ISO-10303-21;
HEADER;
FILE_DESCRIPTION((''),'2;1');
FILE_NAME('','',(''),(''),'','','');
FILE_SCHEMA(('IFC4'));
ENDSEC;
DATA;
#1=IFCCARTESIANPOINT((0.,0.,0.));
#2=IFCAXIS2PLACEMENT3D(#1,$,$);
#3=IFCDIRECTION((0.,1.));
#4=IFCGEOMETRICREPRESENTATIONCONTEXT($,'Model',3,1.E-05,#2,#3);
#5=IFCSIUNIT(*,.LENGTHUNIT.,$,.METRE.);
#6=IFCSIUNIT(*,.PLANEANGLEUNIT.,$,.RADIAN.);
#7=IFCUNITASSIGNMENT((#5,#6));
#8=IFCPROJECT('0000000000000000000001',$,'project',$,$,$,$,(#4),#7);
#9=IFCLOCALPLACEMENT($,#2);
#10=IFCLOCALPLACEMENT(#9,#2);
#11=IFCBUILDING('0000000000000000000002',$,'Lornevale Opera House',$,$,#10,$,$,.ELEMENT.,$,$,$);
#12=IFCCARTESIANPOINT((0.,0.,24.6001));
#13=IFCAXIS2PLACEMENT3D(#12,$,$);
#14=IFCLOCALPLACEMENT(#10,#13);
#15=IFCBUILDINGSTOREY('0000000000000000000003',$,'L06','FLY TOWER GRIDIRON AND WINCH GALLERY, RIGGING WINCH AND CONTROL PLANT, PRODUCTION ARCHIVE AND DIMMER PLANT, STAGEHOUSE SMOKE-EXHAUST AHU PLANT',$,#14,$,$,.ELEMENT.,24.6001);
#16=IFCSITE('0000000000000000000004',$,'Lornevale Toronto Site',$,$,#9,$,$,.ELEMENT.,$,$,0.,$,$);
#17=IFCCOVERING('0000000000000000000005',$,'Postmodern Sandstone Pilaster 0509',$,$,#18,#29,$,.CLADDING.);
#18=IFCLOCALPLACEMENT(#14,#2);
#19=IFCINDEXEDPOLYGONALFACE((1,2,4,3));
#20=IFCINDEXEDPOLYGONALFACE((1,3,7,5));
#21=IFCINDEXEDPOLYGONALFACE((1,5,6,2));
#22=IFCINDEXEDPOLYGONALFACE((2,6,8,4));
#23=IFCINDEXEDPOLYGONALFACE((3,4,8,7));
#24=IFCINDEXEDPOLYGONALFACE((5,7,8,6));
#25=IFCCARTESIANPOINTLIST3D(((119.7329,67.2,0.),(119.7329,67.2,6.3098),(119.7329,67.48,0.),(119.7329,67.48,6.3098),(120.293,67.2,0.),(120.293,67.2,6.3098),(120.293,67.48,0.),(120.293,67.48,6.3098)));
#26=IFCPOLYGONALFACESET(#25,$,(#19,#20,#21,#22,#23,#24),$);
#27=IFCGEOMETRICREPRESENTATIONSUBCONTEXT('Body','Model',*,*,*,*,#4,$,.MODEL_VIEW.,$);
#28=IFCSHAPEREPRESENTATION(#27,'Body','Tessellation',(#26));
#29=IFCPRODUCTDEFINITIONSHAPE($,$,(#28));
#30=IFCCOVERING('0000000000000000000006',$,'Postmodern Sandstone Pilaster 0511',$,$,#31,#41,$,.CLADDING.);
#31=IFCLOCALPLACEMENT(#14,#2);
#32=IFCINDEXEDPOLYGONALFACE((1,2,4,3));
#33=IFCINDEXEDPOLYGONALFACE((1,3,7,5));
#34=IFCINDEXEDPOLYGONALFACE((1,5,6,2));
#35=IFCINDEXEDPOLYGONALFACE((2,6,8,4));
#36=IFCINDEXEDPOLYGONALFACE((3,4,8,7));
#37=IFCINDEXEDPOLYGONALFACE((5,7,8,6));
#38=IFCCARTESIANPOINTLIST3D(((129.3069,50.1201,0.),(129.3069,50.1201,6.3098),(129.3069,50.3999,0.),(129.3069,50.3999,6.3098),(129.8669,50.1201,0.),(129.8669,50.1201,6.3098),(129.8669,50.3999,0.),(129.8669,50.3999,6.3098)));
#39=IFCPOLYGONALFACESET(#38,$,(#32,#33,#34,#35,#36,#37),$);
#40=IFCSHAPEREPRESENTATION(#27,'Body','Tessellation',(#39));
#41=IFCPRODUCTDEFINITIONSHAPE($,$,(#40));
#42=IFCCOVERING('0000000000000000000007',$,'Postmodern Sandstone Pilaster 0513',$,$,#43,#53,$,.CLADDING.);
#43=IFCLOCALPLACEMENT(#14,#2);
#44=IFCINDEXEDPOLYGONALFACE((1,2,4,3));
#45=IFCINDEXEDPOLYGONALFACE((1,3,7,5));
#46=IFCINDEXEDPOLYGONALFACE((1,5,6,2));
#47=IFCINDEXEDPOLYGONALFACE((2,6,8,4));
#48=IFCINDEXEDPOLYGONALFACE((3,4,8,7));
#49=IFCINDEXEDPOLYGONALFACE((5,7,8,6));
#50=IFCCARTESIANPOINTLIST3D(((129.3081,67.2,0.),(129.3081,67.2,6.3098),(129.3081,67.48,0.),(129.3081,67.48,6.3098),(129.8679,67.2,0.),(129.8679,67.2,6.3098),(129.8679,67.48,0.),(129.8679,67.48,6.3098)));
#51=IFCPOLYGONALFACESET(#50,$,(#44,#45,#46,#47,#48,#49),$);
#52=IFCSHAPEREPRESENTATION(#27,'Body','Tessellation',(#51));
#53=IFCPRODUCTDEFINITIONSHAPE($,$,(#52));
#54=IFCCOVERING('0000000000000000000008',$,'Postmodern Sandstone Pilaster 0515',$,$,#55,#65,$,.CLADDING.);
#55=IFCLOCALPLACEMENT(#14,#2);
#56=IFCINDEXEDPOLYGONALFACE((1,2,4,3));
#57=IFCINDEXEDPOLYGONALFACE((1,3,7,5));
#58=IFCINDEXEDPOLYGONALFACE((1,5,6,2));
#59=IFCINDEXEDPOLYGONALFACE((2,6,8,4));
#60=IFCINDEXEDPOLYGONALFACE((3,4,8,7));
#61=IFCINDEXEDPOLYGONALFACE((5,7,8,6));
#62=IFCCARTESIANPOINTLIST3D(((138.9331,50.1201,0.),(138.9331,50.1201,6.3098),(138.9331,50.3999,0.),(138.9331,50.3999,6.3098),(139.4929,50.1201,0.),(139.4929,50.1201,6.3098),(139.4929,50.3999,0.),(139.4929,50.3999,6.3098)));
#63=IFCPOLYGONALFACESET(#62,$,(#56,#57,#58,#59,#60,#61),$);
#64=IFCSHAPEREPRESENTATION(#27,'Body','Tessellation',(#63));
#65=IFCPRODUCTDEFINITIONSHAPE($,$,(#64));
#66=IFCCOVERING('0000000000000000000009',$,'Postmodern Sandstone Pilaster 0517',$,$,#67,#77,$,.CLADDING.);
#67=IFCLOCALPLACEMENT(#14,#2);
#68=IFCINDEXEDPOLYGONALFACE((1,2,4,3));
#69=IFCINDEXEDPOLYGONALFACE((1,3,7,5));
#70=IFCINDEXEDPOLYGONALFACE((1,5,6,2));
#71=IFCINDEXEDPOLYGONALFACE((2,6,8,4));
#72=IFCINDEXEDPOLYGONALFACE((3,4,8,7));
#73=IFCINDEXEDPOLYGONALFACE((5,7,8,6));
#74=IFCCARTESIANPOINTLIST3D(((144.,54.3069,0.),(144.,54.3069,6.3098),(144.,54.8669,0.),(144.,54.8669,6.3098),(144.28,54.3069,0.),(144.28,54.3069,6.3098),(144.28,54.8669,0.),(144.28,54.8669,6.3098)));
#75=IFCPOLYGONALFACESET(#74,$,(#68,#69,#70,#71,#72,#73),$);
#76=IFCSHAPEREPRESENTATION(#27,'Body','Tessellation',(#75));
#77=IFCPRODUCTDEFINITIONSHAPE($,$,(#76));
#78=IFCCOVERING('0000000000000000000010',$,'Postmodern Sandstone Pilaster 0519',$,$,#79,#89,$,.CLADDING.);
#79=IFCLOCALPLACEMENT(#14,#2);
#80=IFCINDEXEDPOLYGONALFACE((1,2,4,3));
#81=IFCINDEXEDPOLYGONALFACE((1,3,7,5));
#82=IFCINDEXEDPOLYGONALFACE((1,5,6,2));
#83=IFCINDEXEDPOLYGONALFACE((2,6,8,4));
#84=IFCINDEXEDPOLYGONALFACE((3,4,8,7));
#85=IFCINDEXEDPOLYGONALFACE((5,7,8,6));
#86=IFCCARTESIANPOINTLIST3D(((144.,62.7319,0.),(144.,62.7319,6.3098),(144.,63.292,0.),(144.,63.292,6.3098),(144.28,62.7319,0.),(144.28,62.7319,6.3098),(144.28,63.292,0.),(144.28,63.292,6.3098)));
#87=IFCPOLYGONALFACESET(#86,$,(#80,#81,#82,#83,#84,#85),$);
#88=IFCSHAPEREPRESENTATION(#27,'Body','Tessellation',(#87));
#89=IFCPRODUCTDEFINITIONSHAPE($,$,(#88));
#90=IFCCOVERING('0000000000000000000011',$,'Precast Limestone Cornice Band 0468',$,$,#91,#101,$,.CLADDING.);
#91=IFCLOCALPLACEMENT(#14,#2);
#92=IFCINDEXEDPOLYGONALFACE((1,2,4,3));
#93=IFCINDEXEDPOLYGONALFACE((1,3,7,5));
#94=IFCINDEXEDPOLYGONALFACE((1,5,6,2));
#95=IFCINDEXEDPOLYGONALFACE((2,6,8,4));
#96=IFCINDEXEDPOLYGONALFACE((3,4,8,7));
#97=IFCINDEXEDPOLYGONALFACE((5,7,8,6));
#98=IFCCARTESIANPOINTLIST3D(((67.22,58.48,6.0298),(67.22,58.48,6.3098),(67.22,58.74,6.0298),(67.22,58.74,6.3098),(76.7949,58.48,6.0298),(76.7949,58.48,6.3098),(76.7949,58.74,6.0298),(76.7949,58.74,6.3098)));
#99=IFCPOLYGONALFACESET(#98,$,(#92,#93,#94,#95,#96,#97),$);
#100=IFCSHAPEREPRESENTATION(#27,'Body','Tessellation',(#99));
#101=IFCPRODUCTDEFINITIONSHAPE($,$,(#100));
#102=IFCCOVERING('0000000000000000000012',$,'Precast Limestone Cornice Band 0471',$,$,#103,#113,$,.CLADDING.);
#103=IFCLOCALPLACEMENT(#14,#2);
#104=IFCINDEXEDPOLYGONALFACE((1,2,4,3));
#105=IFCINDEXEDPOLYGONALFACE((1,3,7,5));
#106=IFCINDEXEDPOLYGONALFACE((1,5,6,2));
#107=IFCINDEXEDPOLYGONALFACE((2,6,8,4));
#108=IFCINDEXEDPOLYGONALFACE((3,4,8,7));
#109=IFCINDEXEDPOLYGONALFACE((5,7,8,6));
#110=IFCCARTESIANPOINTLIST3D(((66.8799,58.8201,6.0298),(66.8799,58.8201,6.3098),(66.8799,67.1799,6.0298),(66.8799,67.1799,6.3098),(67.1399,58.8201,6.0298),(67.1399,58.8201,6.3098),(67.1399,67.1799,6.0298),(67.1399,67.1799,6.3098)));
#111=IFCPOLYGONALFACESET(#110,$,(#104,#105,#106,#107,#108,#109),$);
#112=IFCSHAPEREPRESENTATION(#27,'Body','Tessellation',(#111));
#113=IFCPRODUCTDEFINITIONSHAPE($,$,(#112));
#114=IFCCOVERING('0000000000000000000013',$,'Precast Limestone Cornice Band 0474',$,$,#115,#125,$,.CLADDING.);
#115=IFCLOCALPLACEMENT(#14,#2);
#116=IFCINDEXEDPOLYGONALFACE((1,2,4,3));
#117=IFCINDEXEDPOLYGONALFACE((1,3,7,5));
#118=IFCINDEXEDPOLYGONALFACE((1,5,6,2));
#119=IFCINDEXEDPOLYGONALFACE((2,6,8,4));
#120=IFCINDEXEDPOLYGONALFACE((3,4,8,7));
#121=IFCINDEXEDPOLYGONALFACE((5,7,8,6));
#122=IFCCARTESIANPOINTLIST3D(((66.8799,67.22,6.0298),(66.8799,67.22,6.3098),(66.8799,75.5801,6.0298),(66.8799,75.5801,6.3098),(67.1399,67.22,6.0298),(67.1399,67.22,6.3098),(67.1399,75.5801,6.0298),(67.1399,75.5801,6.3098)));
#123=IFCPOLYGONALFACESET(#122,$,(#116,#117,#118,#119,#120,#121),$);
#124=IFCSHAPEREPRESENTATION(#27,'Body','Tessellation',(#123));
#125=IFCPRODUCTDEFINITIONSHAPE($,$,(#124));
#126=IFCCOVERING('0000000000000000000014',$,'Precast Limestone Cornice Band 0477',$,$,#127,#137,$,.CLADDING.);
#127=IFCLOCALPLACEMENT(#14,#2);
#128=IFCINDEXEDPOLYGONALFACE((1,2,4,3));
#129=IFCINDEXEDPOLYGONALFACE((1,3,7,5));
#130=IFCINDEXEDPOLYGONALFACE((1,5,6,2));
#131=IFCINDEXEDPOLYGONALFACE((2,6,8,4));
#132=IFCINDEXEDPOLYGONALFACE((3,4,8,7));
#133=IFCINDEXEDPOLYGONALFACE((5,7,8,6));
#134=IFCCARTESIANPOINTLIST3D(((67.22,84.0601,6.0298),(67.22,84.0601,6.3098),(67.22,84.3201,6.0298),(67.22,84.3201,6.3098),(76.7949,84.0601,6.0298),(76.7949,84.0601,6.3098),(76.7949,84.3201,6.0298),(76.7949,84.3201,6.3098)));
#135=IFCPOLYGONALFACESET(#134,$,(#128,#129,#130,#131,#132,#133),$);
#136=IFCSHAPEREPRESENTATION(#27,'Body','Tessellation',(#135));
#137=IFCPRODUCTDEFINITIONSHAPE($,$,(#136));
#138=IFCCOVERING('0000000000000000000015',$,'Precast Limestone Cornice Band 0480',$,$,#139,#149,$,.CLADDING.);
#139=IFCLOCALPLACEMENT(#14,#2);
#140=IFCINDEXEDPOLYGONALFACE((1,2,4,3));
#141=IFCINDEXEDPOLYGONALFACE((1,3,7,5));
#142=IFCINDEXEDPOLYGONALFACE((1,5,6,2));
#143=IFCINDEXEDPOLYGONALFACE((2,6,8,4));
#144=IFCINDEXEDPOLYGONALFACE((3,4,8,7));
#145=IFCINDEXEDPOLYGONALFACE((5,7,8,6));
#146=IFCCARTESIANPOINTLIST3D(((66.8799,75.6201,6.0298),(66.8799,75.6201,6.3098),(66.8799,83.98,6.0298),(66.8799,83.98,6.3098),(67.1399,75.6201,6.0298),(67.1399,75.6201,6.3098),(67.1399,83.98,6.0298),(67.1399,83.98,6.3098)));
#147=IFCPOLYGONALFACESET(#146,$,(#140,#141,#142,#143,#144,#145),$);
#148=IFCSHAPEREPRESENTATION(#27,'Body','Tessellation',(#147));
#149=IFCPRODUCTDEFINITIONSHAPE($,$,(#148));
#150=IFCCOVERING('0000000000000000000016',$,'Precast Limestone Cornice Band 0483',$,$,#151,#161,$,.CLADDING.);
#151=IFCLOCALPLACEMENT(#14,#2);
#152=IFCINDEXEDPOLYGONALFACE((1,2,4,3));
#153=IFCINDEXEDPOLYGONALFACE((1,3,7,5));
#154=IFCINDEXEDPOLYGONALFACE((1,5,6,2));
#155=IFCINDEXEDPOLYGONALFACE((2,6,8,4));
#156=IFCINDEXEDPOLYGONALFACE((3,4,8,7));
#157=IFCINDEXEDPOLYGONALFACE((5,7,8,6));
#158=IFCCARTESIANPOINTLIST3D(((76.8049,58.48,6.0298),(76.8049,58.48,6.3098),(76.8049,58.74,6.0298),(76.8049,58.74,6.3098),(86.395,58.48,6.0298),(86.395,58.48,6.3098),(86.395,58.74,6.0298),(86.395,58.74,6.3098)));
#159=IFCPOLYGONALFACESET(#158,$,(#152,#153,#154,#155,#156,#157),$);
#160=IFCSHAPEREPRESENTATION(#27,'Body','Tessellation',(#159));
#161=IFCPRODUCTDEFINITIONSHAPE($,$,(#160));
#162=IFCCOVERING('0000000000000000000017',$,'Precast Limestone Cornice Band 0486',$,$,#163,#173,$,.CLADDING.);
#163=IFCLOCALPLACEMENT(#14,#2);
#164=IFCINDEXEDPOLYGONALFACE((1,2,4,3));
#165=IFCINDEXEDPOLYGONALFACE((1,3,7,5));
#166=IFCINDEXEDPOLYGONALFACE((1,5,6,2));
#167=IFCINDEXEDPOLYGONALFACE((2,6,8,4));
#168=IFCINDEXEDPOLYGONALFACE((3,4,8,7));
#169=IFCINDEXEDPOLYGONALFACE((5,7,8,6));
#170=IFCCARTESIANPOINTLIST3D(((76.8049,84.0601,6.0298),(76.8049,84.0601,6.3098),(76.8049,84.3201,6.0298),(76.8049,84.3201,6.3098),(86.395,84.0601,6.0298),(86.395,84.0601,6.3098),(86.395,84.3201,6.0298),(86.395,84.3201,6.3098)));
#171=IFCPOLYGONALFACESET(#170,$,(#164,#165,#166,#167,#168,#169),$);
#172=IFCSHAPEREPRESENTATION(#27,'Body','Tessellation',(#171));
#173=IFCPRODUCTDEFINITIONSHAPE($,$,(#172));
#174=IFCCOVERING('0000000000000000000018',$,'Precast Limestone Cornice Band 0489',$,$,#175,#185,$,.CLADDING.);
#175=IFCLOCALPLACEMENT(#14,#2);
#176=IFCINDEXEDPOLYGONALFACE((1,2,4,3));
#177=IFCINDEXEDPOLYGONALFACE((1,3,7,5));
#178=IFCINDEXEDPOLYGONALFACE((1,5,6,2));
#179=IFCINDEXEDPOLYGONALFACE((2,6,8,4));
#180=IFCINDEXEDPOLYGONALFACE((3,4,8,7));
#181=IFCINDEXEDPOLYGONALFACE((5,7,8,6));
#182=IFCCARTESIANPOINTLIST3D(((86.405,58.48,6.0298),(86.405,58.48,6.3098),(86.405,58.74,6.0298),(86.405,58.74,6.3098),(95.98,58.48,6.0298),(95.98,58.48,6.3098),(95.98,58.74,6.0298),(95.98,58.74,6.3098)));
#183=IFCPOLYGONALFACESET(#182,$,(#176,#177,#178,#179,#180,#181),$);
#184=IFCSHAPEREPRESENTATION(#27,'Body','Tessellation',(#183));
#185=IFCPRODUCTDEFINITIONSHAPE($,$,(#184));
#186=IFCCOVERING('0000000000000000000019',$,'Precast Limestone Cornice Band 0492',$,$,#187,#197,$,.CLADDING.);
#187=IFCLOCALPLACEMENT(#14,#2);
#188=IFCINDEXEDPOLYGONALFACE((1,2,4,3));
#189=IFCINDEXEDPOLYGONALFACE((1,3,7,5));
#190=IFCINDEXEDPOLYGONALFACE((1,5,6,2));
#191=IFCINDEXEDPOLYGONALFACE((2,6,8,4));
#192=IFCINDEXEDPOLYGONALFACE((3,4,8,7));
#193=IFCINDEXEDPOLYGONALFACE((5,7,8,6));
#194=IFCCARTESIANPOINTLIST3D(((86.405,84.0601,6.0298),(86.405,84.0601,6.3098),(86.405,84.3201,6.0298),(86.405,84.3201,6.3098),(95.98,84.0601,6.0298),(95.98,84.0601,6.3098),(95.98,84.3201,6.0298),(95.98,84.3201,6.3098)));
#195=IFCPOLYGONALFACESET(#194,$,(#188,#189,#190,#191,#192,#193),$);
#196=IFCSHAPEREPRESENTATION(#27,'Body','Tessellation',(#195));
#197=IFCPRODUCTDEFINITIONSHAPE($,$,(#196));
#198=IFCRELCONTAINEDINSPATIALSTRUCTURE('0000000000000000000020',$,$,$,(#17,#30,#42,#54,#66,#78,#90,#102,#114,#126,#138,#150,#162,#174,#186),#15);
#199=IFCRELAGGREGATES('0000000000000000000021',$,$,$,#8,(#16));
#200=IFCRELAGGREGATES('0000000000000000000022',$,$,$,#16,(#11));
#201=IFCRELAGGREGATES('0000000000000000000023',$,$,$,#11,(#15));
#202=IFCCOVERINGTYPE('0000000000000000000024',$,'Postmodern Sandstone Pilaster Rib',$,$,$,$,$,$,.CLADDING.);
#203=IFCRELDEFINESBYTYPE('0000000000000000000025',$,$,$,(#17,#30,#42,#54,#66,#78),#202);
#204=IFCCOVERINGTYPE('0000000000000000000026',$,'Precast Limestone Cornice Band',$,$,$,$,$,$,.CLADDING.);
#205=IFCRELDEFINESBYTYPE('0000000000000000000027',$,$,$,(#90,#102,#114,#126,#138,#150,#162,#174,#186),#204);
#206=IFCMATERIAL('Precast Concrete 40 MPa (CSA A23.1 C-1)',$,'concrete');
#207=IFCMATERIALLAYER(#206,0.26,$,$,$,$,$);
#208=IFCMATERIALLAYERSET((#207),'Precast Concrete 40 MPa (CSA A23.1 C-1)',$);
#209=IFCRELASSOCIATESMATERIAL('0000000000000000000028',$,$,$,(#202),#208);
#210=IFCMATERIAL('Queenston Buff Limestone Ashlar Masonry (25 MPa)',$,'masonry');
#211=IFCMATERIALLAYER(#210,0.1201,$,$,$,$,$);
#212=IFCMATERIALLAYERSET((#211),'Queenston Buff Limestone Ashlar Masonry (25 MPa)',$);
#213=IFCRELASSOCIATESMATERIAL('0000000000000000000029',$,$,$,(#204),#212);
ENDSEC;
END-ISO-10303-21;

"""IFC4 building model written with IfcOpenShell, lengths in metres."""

from ifc_helpers import new_model, si_unit, direction, frame, origin, place, context, subcontext, project, spatial, polyline, outline, extrude, material, layer, layer_set, type_object, element, save


model = new_model("IFC4")

# Units and contexts
model_context = context("Model", 3, precision=1e-05, world=origin(), true_north=direction((0.0, 1.0)))
body_context = subcontext(model_context, "Body", "Model", "MODEL_VIEW")
ifc_project = project(units=[si_unit("LENGTHUNIT", "METRE"), si_unit("PLANEANGLEUNIT", "RADIAN")], contexts=[model_context])

# Site, building, storey
site_placement = place(None, origin())
site = spatial("IfcSite", under=ifc_project, at=site_placement, Name="Lornevale Toronto Site", CompositionType="ELEMENT", RefElevation=0.0)
building_placement = place(site_placement, origin())
building = spatial("IfcBuilding", under=site, at=building_placement, Name="Lornevale Opera House", CompositionType="ELEMENT")
storey_placement = place(building_placement, frame((0.0, 0.0, 24.6001)))
storey = spatial("IfcBuildingStorey", under=building, at=storey_placement, Name="L06", Description="FLY TOWER GRIDIRON AND WINCH GALLERY, RIGGING WINCH AND CONTROL PLANT, PRODUCTION ARCHIVE AND DIMMER PLANT, STAGEHOUSE SMOKE-EXHAUST AHU PLANT", CompositionType="ELEMENT", Elevation=24.6001)

# Coverings
ifc_material_1 = material(Name="Precast Concrete 40 MPa (CSA A23.1 C-1)", Category="concrete")
ifc_layer_1 = layer(ifc_material_1, 0.26)
ifc_layer_set_1 = layer_set([ifc_layer_1], Name="Precast Concrete 40 MPa (CSA A23.1 C-1)")
covering_type_1 = type_object("IfcCoveringType", Name="Postmodern Sandstone Pilaster Rib", PredefinedType="CLADDING", material=ifc_layer_set_1)
covering_1_placement = place(storey_placement, origin())
element("IfcCovering", 1, at=covering_1_placement, inside=storey, type_object=covering_type_1, Name="Postmodern Sandstone Pilaster 0509", PredefinedType="CLADDING", context=body_context, shape_type="SweptSolid", body=[
    extrude(outline(polyline([(119.7329, 67.2), (120.293, 67.2), (120.293, 67.48), (119.7329, 67.48), (119.7329, 67.2)])), origin(), (0.0, 0.0, 1.0), 6.3098),
])
covering_2_placement = place(storey_placement, origin())
element("IfcCovering", 2, at=covering_2_placement, inside=storey, type_object=covering_type_1, Name="Postmodern Sandstone Pilaster 0511", PredefinedType="CLADDING", context=body_context, shape_type="SweptSolid", body=[
    extrude(outline(polyline([(129.8669, 50.3999), (129.3069, 50.3999), (129.3069, 50.1201), (129.8669, 50.1201), (129.8669, 50.3999)])), origin(), (0.0, 0.0, 1.0), 6.3098),
])
covering_3_placement = place(storey_placement, origin())
element("IfcCovering", 3, at=covering_3_placement, inside=storey, type_object=covering_type_1, Name="Postmodern Sandstone Pilaster 0513", PredefinedType="CLADDING", context=body_context, shape_type="SweptSolid", body=[
    extrude(outline(polyline([(129.3081, 67.2), (129.8679, 67.2), (129.8679, 67.48), (129.3081, 67.48), (129.3081, 67.2)])), origin(), (0.0, 0.0, 1.0), 6.3098),
])
covering_4_placement = place(storey_placement, origin())
element("IfcCovering", 4, at=covering_4_placement, inside=storey, type_object=covering_type_1, Name="Postmodern Sandstone Pilaster 0515", PredefinedType="CLADDING", context=body_context, shape_type="SweptSolid", body=[
    extrude(outline(polyline([(139.4929, 50.3999), (138.9331, 50.3999), (138.9331, 50.1201), (139.4929, 50.1201), (139.4929, 50.3999)])), origin(), (0.0, 0.0, 1.0), 6.3098),
])
covering_5_placement = place(storey_placement, origin())
element("IfcCovering", 5, at=covering_5_placement, inside=storey, type_object=covering_type_1, Name="Postmodern Sandstone Pilaster 0517", PredefinedType="CLADDING", context=body_context, shape_type="SweptSolid", body=[
    extrude(outline(polyline([(144.0, 54.8669), (144.0, 54.3069), (144.28, 54.3069), (144.28, 54.8669), (144.0, 54.8669)])), origin(), (0.0, 0.0, 1.0), 6.3098),
])
covering_6_placement = place(storey_placement, origin())
element("IfcCovering", 6, at=covering_6_placement, inside=storey, type_object=covering_type_1, Name="Postmodern Sandstone Pilaster 0519", PredefinedType="CLADDING", context=body_context, shape_type="SweptSolid", body=[
    extrude(outline(polyline([(144.0, 63.292), (144.0, 62.7319), (144.28, 62.7319), (144.28, 63.292), (144.0, 63.292)])), origin(), (0.0, 0.0, 1.0), 6.3098),
])
ifc_material_2 = material(Name="Queenston Buff Limestone Ashlar Masonry (25 MPa)", Category="masonry")
ifc_layer_2 = layer(ifc_material_2, 0.1201)
ifc_layer_set_2 = layer_set([ifc_layer_2], Name="Queenston Buff Limestone Ashlar Masonry (25 MPa)")
covering_type_2 = type_object("IfcCoveringType", Name="Precast Limestone Cornice Band", PredefinedType="CLADDING", material=ifc_layer_set_2)
covering_7_placement = place(storey_placement, frame((0.0, 0.0, 6.0298)))
element("IfcCovering", 7, at=covering_7_placement, inside=storey, type_object=covering_type_2, Name="Precast Limestone Cornice Band 0468", PredefinedType="CLADDING", context=body_context, shape_type="SweptSolid", body=[
    extrude(outline(polyline([(76.7949, 58.74), (67.22, 58.74), (67.22, 58.48), (76.7949, 58.48), (76.7949, 58.74)])), origin(), (0.0, 0.0, 1.0), 0.28),
])
covering_8_placement = place(storey_placement, frame((0.0, 0.0, 6.0298)))
element("IfcCovering", 8, at=covering_8_placement, inside=storey, type_object=covering_type_2, Name="Precast Limestone Cornice Band 0471", PredefinedType="CLADDING", context=body_context, shape_type="SweptSolid", body=[
    extrude(outline(polyline([(67.1399, 58.8201), (67.1399, 67.1799), (66.8799, 67.1799), (66.8799, 58.8201), (67.1399, 58.8201)])), origin(), (0.0, 0.0, 1.0), 0.28),
])
covering_9_placement = place(storey_placement, frame((0.0, 0.0, 6.0298)))
element("IfcCovering", 9, at=covering_9_placement, inside=storey, type_object=covering_type_2, Name="Precast Limestone Cornice Band 0474", PredefinedType="CLADDING", context=body_context, shape_type="SweptSolid", body=[
    extrude(outline(polyline([(67.1399, 67.22), (67.1399, 75.5801), (66.8799, 75.5801), (66.8799, 67.22), (67.1399, 67.22)])), origin(), (0.0, 0.0, 1.0), 0.28),
])
covering_10_placement = place(storey_placement, frame((0.0, 0.0, 6.0298)))
element("IfcCovering", 10, at=covering_10_placement, inside=storey, type_object=covering_type_2, Name="Precast Limestone Cornice Band 0477", PredefinedType="CLADDING", context=body_context, shape_type="SweptSolid", body=[
    extrude(outline(polyline([(67.22, 84.0601), (76.7949, 84.0601), (76.7949, 84.3201), (67.22, 84.3201), (67.22, 84.0601)])), origin(), (0.0, 0.0, 1.0), 0.28),
])
covering_11_placement = place(storey_placement, frame((0.0, 0.0, 6.0298)))
element("IfcCovering", 11, at=covering_11_placement, inside=storey, type_object=covering_type_2, Name="Precast Limestone Cornice Band 0480", PredefinedType="CLADDING", context=body_context, shape_type="SweptSolid", body=[
    extrude(outline(polyline([(67.1399, 75.6201), (67.1399, 83.98), (66.8799, 83.98), (66.8799, 75.6201), (67.1399, 75.6201)])), origin(), (0.0, 0.0, 1.0), 0.28),
])
covering_12_placement = place(storey_placement, frame((0.0, 0.0, 6.0298)))
element("IfcCovering", 12, at=covering_12_placement, inside=storey, type_object=covering_type_2, Name="Precast Limestone Cornice Band 0483", PredefinedType="CLADDING", context=body_context, shape_type="SweptSolid", body=[
    extrude(outline(polyline([(86.395, 58.74), (76.8049, 58.74), (76.8049, 58.48), (86.395, 58.48), (86.395, 58.74)])), origin(), (0.0, 0.0, 1.0), 0.28),
])
covering_13_placement = place(storey_placement, frame((0.0, 0.0, 6.0298)))
element("IfcCovering", 13, at=covering_13_placement, inside=storey, type_object=covering_type_2, Name="Precast Limestone Cornice Band 0486", PredefinedType="CLADDING", context=body_context, shape_type="SweptSolid", body=[
    extrude(outline(polyline([(76.8049, 84.0601), (86.395, 84.0601), (86.395, 84.3201), (76.8049, 84.3201), (76.8049, 84.0601)])), origin(), (0.0, 0.0, 1.0), 0.28),
])
covering_14_placement = place(storey_placement, frame((0.0, 0.0, 6.0298)))
element("IfcCovering", 14, at=covering_14_placement, inside=storey, type_object=covering_type_2, Name="Precast Limestone Cornice Band 0489", PredefinedType="CLADDING", context=body_context, shape_type="SweptSolid", body=[
    extrude(outline(polyline([(95.98, 58.74), (86.405, 58.74), (86.405, 58.48), (95.98, 58.48), (95.98, 58.74)])), origin(), (0.0, 0.0, 1.0), 0.28),
])
covering_15_placement = place(storey_placement, frame((0.0, 0.0, 6.0298)))
element("IfcCovering", 15, at=covering_15_placement, inside=storey, type_object=covering_type_2, Name="Precast Limestone Cornice Band 0492", PredefinedType="CLADDING", context=body_context, shape_type="SweptSolid", body=[
    extrude(outline(polyline([(86.405, 84.0601), (95.98, 84.0601), (95.98, 84.3201), (86.405, 84.3201), (86.405, 84.0601)])), origin(), (0.0, 0.0, 1.0), 0.28),
])

save(model, "model.ifc")
